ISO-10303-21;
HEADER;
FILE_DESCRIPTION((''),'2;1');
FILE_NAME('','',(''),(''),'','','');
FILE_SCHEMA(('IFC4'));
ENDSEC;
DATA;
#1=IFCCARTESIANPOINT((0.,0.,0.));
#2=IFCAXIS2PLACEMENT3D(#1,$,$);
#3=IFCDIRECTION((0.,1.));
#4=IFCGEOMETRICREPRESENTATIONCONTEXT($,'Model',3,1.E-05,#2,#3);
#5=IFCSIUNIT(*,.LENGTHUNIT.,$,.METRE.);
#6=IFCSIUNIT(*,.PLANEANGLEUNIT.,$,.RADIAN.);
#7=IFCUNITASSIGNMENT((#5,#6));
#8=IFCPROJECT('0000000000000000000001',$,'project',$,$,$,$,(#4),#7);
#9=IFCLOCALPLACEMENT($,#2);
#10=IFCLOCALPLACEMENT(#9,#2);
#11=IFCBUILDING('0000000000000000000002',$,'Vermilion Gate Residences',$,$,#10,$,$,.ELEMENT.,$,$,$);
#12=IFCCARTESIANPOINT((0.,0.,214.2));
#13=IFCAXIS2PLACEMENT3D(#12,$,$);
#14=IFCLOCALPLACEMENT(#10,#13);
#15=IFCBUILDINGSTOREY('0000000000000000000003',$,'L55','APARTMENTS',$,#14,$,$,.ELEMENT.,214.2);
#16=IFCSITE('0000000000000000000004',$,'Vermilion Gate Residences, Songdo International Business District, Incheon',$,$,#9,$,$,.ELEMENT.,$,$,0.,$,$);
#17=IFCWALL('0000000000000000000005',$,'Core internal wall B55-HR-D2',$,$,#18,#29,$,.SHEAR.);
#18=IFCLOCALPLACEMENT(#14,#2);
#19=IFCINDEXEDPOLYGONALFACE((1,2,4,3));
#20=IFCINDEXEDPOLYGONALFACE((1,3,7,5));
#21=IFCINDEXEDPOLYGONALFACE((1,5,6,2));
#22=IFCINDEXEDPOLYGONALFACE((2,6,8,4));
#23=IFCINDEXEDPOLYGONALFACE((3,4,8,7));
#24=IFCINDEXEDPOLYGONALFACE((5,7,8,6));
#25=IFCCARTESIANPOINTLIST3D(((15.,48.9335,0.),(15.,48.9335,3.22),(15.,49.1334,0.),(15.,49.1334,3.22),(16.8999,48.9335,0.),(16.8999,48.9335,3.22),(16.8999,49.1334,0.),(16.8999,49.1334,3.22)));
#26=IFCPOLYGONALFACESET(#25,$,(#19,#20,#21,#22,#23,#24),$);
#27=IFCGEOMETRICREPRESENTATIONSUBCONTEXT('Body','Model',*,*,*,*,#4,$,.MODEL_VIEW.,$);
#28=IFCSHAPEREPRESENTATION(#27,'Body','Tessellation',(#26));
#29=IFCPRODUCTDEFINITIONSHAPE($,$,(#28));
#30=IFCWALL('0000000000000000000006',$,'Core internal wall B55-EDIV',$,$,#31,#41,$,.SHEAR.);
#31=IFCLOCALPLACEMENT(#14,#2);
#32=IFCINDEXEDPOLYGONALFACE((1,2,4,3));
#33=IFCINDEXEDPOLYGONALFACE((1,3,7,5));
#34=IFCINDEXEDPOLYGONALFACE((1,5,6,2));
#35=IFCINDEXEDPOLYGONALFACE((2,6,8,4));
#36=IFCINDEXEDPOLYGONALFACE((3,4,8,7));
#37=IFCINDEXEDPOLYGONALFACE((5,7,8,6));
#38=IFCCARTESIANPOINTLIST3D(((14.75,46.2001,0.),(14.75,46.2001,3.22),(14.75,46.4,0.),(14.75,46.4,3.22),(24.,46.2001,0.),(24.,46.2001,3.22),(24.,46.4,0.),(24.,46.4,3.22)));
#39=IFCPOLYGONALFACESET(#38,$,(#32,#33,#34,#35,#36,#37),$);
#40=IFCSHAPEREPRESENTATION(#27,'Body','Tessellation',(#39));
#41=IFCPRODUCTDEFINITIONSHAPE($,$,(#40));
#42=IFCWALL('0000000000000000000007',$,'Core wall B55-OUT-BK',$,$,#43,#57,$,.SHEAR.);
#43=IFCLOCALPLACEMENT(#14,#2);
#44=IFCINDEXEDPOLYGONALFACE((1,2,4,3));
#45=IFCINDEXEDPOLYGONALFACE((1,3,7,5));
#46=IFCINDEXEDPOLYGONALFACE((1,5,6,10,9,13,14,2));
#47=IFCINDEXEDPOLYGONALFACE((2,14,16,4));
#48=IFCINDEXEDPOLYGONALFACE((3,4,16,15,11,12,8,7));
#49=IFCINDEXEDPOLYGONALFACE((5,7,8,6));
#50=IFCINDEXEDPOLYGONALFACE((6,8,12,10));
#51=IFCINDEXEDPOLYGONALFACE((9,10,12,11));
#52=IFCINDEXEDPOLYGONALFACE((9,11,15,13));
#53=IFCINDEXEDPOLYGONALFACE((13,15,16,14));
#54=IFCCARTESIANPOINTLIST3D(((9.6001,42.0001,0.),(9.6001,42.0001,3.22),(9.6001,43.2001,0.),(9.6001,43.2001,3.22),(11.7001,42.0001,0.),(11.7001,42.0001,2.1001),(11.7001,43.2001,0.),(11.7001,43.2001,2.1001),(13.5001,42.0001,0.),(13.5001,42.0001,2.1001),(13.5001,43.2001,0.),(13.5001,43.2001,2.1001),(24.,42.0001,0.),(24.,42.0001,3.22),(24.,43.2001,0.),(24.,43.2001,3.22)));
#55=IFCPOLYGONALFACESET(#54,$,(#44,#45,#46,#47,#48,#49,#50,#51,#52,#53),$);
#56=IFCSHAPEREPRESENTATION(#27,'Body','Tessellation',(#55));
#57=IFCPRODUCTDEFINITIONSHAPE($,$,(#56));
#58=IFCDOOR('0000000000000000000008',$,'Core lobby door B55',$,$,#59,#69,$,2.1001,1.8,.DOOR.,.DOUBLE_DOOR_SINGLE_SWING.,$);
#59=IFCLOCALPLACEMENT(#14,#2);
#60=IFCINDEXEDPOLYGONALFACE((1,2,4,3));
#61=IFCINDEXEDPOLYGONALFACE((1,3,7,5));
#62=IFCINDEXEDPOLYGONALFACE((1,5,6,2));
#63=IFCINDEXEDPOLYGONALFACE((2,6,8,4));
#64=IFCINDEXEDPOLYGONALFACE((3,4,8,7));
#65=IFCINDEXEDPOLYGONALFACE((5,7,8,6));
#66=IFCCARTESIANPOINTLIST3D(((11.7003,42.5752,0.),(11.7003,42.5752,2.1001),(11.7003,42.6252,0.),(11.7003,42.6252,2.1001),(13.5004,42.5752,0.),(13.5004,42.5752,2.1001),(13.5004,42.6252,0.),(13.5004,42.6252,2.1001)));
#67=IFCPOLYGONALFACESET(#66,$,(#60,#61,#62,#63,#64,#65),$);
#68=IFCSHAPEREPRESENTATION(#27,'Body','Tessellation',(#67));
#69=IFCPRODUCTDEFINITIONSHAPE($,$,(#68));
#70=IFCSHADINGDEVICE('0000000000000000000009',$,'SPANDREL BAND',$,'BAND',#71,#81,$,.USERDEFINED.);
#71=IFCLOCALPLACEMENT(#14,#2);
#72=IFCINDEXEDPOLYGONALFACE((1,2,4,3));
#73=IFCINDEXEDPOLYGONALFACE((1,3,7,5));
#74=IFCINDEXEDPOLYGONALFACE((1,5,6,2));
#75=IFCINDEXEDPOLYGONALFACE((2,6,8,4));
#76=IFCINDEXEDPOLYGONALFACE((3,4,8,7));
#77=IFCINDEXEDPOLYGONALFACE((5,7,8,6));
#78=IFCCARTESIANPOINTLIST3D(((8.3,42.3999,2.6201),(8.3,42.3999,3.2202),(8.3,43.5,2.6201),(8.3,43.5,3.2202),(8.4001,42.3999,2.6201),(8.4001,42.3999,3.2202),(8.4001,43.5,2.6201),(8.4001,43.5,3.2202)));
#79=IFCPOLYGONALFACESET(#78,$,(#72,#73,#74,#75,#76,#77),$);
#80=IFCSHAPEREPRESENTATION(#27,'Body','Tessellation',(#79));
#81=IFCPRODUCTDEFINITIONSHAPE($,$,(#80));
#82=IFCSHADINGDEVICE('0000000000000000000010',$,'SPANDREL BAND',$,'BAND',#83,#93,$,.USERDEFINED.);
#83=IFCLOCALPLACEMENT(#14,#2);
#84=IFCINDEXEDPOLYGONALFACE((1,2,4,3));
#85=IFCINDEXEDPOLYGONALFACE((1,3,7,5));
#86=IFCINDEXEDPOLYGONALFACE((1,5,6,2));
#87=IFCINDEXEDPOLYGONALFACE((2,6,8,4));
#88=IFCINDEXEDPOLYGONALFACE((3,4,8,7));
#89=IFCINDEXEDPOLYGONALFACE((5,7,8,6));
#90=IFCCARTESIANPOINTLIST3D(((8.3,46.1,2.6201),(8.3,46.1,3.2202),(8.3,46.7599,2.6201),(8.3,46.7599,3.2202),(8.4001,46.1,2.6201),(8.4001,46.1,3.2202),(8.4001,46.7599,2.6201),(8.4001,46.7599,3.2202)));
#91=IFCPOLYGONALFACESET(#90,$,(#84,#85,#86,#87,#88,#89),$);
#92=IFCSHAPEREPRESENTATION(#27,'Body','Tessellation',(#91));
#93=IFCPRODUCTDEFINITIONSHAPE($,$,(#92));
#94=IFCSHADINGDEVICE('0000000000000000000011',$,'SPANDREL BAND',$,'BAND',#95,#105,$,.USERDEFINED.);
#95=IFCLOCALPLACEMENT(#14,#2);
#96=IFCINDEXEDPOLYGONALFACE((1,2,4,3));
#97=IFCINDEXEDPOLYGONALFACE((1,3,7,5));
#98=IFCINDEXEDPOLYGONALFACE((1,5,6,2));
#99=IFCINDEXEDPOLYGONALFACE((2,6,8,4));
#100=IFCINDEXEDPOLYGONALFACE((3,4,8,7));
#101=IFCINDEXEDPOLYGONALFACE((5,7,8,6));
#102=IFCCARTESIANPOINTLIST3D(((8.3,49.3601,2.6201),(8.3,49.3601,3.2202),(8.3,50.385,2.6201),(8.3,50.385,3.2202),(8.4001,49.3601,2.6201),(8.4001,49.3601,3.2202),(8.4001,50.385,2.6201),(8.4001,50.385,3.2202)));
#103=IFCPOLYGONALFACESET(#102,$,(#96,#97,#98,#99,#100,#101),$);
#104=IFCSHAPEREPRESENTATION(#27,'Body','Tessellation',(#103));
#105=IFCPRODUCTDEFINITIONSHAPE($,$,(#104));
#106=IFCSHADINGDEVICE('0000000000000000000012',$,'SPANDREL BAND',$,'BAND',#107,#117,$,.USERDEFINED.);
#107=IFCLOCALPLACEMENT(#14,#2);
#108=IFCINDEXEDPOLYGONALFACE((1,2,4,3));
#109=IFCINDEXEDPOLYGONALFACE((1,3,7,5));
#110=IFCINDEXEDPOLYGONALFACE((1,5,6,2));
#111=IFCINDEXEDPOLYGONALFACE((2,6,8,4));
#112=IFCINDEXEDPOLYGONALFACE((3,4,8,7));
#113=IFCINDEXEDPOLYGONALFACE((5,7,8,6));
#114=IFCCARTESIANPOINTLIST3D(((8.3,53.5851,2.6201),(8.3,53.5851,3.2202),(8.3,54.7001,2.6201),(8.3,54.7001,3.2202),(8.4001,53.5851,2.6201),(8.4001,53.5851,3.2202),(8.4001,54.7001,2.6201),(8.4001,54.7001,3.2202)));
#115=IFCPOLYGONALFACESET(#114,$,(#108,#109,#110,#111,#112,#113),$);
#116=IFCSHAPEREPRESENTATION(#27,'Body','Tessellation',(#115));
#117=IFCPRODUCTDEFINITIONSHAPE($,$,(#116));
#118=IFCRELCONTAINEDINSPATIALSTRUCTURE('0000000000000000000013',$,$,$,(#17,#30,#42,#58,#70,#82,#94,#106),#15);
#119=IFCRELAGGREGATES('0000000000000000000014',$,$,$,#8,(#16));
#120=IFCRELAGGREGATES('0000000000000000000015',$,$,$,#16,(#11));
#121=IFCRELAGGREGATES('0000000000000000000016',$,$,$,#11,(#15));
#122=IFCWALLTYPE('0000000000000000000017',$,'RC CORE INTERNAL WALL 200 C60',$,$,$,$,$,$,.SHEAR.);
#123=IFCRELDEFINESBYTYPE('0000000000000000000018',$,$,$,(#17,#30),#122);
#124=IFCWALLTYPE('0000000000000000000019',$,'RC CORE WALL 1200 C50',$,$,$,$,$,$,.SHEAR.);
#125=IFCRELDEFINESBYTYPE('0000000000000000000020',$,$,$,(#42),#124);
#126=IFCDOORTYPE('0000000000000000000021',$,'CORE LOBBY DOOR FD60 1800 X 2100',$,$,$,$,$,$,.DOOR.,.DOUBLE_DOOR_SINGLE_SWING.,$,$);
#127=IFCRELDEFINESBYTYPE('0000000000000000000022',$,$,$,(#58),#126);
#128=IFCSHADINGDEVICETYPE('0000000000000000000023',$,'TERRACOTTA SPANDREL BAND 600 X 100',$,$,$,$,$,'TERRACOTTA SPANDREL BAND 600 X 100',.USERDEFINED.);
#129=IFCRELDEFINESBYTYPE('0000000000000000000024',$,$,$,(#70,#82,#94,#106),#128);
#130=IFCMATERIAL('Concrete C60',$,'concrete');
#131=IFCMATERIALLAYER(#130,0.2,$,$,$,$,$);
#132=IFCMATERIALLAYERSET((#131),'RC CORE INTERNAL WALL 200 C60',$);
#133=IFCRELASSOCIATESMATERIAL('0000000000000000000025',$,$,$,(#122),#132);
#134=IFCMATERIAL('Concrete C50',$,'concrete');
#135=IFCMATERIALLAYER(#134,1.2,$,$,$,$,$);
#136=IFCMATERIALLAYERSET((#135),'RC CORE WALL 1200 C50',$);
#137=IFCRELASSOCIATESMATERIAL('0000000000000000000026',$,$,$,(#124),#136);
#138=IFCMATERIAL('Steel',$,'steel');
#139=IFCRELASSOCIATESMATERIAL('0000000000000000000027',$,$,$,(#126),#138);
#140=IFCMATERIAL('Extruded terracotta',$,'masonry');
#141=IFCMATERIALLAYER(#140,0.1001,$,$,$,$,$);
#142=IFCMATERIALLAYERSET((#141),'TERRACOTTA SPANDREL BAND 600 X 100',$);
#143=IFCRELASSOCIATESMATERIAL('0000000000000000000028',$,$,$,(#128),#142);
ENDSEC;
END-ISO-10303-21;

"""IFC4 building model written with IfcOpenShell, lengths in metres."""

from ifc_helpers import new_model, si_unit, direction, frame, frame_2d, origin, origin_2d, place, context, subcontext, project, spatial, rectangle, extrude, material, layer, layer_set, type_object, element, fill, save


model = new_model("IFC4")

# Units and contexts
model_context = context("Model", 3, precision=1e-05, world=origin(), true_north=direction((0.0, 1.0)))
body_context = subcontext(model_context, "Body", "Model", "MODEL_VIEW")
ifc_project = project(units=[si_unit("LENGTHUNIT", "METRE"), si_unit("PLANEANGLEUNIT", "RADIAN")], contexts=[model_context])

# Site, building, storey
site_placement = place(None, origin())
site = spatial("IfcSite", under=ifc_project, at=site_placement, Name="Vermilion Gate Residences, Songdo International Business District, Incheon", CompositionType="ELEMENT", RefElevation=0.0)
building_placement = place(site_placement, origin())
building = spatial("IfcBuilding", under=site, at=building_placement, Name="Vermilion Gate Residences", CompositionType="ELEMENT")
storey_placement = place(building_placement, frame((0.0, 0.0, 214.2)))
storey = spatial("IfcBuildingStorey", under=building, at=storey_placement, Name="L55", Description="APARTMENTS", CompositionType="ELEMENT", Elevation=214.2)

# Walls
ifc_material_1 = material(Name="Concrete C60", Category="concrete")
ifc_layer_1 = layer(ifc_material_1, 0.2)
ifc_layer_set_1 = layer_set([ifc_layer_1], Name="RC CORE INTERNAL WALL 200 C60")
wall_type_1 = type_object("IfcWallType", Name="RC CORE INTERNAL WALL 200 C60", PredefinedType="SHEAR", material=ifc_layer_set_1)
for number, where, z_axis, x_axis, name in (
    (1, (15.0, 49.0334, 0.0), (0.0, 0.0, 1.0), (1.0, 0.0, 0.0), "Core internal wall B55-HR-D2"),
):
    element("IfcWall", number, at=place(storey_placement, frame(where, z_axis=z_axis, x_axis=x_axis)), inside=storey, type_object=wall_type_1, Name=name, PredefinedType="SHEAR", context=body_context, shape_type="SweptSolid", body=[
        extrude(rectangle(XDim=1.8999, YDim=0.2, at=frame_2d((0.95, 0.0))), origin(), (0.0, 0.0, 1.0), 3.22),
    ])
wall_1_placement = place(storey_placement, frame((14.75, 46.3, 0.0), z_axis=(0.0, 0.0, 1.0), x_axis=(1.0, 0.0, 0.0)))
element("IfcWall", 2, at=wall_1_placement, inside=storey, type_object=wall_type_1, Name="Core internal wall B55-EDIV", PredefinedType="SHEAR", context=body_context, shape_type="SweptSolid", body=[
    extrude(rectangle(XDim=9.25, YDim=0.2, at=frame_2d((4.625, 0.0))), origin(), (0.0, 0.0, 1.0), 3.22),
])

# Wall, opening, door
ifc_material_2 = material(Name="Concrete C50", Category="concrete")
ifc_layer_2 = layer(ifc_material_2, 1.2)
ifc_layer_set_2 = layer_set([ifc_layer_2], Name="RC CORE WALL 1200 C50")
wall_type_2 = type_object("IfcWallType", Name="RC CORE WALL 1200 C50", PredefinedType="SHEAR", material=ifc_layer_set_2)
wall_2_placement = place(storey_placement, frame((9.6001, 42.6001, 0.0), z_axis=(0.0, 0.0, 1.0), x_axis=(1.0, 0.0, 0.0)))
wall_2 = element("IfcWall", 3, at=wall_2_placement, inside=storey, type_object=wall_type_2, Name="Core wall B55-OUT-BK", PredefinedType="SHEAR", context=body_context, shape_type="SweptSolid", body=[
    extrude(rectangle(XDim=14.3999, YDim=1.2, at=frame_2d((7.2, 0.0))), origin(), (0.0, 0.0, 1.0), 3.22),
])
opening_1_placement = place(wall_2_placement, frame((2.1001, 0.0, 0.0)))
opening_1 = element("IfcOpeningElement", 4, at=opening_1_placement, cuts=wall_2, PredefinedType="OPENING", context=body_context, shape_type="SweptSolid", body=[
    extrude(rectangle(XDim=1.8, YDim=2.1001, at=frame_2d((0.8999, 1.05))), frame((0.0, 0.6099, 0.0), z_axis=(0.0, -1.0, 0.0), x_axis=(1.0, 0.0, 0.0)), (0.0, 0.0, 1.0), 1.22),
])
ifc_material_3 = material(Name="Steel", Category="steel")
door_type_1 = type_object("IfcDoorType", Name="CORE LOBBY DOOR FD60 1800 X 2100", OperationType="DOUBLE_DOOR_SINGLE_SWING", PredefinedType="DOOR", material=ifc_material_3)
door_1_placement = place(opening_1_placement, frame((1.8, 0.0, 0.0), z_axis=(0.0, 0.0, 1.0), x_axis=(-1.0, 0.0, 0.0)))
door_1 = element("IfcDoor", 5, at=door_1_placement, inside=storey, type_object=door_type_1, Name="Core lobby door B55", OperationType="DOUBLE_DOOR_SINGLE_SWING", OverallHeight=2.1001, OverallWidth=1.8, PredefinedType="DOOR", context=body_context, shape_type="SweptSolid", body=[
    extrude(rectangle(XDim=1.8, YDim=2.1001, at=frame_2d((0.8999, 1.05))), frame((0.0, 0.0249, 0.0), z_axis=(0.0, -1.0, 0.0), x_axis=(1.0, 0.0, 0.0)), (0.0, 0.0, 1.0), 0.05),
])
fill(opening_1, door_1)

# Shading devices
ifc_material_4 = material(Name="Extruded terracotta", Category="masonry")
ifc_layer_3 = layer(ifc_material_4, 0.1001)
ifc_layer_set_3 = layer_set([ifc_layer_3], Name="TERRACOTTA SPANDREL BAND 600 X 100")
shading_device_type = type_object("IfcShadingDeviceType", Name="TERRACOTTA SPANDREL BAND 600 X 100", ElementType="TERRACOTTA SPANDREL BAND 600 X 100", PredefinedType="USERDEFINED", material=ifc_layer_set_3)
shading_device_1_placement = place(storey_placement, frame((8.3501, 42.95, 2.6201), z_axis=(0.0, 0.0, 1.0), x_axis=(0.0, 1.0, 0.0)))
element("IfcShadingDevice", 6, at=shading_device_1_placement, inside=storey, type_object=shading_device_type, Name="SPANDREL BAND", ObjectType="BAND", PredefinedType="USERDEFINED", context=body_context, shape_type="SweptSolid", body=[
    extrude(rectangle(XDim=1.1001, YDim=0.1001, at=origin_2d()), origin(), (0.0, 0.0, 1.0), 0.6001),
])
shading_device_2_placement = place(storey_placement, frame((8.3501, 46.4299, 2.6201), z_axis=(0.0, 0.0, 1.0), x_axis=(0.0, 1.0, 0.0)))
element("IfcShadingDevice", 7, at=shading_device_2_placement, inside=storey, type_object=shading_device_type, Name="SPANDREL BAND", ObjectType="BAND", PredefinedType="USERDEFINED", context=body_context, shape_type="SweptSolid", body=[
    extrude(rectangle(XDim=0.6599, YDim=0.1001, at=origin_2d()), origin(), (0.0, 0.0, 1.0), 0.6001),
])
shading_device_3_placement = place(storey_placement, frame((8.3501, 49.8726, 2.6201), z_axis=(0.0, 0.0, 1.0), x_axis=(0.0, 1.0, 0.0)))
element("IfcShadingDevice", 8, at=shading_device_3_placement, inside=storey, type_object=shading_device_type, Name="SPANDREL BAND", ObjectType="BAND", PredefinedType="USERDEFINED", context=body_context, shape_type="SweptSolid", body=[
    extrude(rectangle(XDim=1.0249, YDim=0.1001, at=origin_2d()), origin(), (0.0, 0.0, 1.0), 0.6001),
])
shading_device_4_placement = place(storey_placement, frame((8.3501, 54.1426, 2.6201), z_axis=(0.0, 0.0, 1.0), x_axis=(0.0, 1.0, 0.0)))
element("IfcShadingDevice", 9, at=shading_device_4_placement, inside=storey, type_object=shading_device_type, Name="SPANDREL BAND", ObjectType="BAND", PredefinedType="USERDEFINED", context=body_context, shape_type="SweptSolid", body=[
    extrude(rectangle(XDim=1.115, YDim=0.1001, at=origin_2d()), origin(), (0.0, 0.0, 1.0), 0.6001),
])

save(model, "model.ifc")
